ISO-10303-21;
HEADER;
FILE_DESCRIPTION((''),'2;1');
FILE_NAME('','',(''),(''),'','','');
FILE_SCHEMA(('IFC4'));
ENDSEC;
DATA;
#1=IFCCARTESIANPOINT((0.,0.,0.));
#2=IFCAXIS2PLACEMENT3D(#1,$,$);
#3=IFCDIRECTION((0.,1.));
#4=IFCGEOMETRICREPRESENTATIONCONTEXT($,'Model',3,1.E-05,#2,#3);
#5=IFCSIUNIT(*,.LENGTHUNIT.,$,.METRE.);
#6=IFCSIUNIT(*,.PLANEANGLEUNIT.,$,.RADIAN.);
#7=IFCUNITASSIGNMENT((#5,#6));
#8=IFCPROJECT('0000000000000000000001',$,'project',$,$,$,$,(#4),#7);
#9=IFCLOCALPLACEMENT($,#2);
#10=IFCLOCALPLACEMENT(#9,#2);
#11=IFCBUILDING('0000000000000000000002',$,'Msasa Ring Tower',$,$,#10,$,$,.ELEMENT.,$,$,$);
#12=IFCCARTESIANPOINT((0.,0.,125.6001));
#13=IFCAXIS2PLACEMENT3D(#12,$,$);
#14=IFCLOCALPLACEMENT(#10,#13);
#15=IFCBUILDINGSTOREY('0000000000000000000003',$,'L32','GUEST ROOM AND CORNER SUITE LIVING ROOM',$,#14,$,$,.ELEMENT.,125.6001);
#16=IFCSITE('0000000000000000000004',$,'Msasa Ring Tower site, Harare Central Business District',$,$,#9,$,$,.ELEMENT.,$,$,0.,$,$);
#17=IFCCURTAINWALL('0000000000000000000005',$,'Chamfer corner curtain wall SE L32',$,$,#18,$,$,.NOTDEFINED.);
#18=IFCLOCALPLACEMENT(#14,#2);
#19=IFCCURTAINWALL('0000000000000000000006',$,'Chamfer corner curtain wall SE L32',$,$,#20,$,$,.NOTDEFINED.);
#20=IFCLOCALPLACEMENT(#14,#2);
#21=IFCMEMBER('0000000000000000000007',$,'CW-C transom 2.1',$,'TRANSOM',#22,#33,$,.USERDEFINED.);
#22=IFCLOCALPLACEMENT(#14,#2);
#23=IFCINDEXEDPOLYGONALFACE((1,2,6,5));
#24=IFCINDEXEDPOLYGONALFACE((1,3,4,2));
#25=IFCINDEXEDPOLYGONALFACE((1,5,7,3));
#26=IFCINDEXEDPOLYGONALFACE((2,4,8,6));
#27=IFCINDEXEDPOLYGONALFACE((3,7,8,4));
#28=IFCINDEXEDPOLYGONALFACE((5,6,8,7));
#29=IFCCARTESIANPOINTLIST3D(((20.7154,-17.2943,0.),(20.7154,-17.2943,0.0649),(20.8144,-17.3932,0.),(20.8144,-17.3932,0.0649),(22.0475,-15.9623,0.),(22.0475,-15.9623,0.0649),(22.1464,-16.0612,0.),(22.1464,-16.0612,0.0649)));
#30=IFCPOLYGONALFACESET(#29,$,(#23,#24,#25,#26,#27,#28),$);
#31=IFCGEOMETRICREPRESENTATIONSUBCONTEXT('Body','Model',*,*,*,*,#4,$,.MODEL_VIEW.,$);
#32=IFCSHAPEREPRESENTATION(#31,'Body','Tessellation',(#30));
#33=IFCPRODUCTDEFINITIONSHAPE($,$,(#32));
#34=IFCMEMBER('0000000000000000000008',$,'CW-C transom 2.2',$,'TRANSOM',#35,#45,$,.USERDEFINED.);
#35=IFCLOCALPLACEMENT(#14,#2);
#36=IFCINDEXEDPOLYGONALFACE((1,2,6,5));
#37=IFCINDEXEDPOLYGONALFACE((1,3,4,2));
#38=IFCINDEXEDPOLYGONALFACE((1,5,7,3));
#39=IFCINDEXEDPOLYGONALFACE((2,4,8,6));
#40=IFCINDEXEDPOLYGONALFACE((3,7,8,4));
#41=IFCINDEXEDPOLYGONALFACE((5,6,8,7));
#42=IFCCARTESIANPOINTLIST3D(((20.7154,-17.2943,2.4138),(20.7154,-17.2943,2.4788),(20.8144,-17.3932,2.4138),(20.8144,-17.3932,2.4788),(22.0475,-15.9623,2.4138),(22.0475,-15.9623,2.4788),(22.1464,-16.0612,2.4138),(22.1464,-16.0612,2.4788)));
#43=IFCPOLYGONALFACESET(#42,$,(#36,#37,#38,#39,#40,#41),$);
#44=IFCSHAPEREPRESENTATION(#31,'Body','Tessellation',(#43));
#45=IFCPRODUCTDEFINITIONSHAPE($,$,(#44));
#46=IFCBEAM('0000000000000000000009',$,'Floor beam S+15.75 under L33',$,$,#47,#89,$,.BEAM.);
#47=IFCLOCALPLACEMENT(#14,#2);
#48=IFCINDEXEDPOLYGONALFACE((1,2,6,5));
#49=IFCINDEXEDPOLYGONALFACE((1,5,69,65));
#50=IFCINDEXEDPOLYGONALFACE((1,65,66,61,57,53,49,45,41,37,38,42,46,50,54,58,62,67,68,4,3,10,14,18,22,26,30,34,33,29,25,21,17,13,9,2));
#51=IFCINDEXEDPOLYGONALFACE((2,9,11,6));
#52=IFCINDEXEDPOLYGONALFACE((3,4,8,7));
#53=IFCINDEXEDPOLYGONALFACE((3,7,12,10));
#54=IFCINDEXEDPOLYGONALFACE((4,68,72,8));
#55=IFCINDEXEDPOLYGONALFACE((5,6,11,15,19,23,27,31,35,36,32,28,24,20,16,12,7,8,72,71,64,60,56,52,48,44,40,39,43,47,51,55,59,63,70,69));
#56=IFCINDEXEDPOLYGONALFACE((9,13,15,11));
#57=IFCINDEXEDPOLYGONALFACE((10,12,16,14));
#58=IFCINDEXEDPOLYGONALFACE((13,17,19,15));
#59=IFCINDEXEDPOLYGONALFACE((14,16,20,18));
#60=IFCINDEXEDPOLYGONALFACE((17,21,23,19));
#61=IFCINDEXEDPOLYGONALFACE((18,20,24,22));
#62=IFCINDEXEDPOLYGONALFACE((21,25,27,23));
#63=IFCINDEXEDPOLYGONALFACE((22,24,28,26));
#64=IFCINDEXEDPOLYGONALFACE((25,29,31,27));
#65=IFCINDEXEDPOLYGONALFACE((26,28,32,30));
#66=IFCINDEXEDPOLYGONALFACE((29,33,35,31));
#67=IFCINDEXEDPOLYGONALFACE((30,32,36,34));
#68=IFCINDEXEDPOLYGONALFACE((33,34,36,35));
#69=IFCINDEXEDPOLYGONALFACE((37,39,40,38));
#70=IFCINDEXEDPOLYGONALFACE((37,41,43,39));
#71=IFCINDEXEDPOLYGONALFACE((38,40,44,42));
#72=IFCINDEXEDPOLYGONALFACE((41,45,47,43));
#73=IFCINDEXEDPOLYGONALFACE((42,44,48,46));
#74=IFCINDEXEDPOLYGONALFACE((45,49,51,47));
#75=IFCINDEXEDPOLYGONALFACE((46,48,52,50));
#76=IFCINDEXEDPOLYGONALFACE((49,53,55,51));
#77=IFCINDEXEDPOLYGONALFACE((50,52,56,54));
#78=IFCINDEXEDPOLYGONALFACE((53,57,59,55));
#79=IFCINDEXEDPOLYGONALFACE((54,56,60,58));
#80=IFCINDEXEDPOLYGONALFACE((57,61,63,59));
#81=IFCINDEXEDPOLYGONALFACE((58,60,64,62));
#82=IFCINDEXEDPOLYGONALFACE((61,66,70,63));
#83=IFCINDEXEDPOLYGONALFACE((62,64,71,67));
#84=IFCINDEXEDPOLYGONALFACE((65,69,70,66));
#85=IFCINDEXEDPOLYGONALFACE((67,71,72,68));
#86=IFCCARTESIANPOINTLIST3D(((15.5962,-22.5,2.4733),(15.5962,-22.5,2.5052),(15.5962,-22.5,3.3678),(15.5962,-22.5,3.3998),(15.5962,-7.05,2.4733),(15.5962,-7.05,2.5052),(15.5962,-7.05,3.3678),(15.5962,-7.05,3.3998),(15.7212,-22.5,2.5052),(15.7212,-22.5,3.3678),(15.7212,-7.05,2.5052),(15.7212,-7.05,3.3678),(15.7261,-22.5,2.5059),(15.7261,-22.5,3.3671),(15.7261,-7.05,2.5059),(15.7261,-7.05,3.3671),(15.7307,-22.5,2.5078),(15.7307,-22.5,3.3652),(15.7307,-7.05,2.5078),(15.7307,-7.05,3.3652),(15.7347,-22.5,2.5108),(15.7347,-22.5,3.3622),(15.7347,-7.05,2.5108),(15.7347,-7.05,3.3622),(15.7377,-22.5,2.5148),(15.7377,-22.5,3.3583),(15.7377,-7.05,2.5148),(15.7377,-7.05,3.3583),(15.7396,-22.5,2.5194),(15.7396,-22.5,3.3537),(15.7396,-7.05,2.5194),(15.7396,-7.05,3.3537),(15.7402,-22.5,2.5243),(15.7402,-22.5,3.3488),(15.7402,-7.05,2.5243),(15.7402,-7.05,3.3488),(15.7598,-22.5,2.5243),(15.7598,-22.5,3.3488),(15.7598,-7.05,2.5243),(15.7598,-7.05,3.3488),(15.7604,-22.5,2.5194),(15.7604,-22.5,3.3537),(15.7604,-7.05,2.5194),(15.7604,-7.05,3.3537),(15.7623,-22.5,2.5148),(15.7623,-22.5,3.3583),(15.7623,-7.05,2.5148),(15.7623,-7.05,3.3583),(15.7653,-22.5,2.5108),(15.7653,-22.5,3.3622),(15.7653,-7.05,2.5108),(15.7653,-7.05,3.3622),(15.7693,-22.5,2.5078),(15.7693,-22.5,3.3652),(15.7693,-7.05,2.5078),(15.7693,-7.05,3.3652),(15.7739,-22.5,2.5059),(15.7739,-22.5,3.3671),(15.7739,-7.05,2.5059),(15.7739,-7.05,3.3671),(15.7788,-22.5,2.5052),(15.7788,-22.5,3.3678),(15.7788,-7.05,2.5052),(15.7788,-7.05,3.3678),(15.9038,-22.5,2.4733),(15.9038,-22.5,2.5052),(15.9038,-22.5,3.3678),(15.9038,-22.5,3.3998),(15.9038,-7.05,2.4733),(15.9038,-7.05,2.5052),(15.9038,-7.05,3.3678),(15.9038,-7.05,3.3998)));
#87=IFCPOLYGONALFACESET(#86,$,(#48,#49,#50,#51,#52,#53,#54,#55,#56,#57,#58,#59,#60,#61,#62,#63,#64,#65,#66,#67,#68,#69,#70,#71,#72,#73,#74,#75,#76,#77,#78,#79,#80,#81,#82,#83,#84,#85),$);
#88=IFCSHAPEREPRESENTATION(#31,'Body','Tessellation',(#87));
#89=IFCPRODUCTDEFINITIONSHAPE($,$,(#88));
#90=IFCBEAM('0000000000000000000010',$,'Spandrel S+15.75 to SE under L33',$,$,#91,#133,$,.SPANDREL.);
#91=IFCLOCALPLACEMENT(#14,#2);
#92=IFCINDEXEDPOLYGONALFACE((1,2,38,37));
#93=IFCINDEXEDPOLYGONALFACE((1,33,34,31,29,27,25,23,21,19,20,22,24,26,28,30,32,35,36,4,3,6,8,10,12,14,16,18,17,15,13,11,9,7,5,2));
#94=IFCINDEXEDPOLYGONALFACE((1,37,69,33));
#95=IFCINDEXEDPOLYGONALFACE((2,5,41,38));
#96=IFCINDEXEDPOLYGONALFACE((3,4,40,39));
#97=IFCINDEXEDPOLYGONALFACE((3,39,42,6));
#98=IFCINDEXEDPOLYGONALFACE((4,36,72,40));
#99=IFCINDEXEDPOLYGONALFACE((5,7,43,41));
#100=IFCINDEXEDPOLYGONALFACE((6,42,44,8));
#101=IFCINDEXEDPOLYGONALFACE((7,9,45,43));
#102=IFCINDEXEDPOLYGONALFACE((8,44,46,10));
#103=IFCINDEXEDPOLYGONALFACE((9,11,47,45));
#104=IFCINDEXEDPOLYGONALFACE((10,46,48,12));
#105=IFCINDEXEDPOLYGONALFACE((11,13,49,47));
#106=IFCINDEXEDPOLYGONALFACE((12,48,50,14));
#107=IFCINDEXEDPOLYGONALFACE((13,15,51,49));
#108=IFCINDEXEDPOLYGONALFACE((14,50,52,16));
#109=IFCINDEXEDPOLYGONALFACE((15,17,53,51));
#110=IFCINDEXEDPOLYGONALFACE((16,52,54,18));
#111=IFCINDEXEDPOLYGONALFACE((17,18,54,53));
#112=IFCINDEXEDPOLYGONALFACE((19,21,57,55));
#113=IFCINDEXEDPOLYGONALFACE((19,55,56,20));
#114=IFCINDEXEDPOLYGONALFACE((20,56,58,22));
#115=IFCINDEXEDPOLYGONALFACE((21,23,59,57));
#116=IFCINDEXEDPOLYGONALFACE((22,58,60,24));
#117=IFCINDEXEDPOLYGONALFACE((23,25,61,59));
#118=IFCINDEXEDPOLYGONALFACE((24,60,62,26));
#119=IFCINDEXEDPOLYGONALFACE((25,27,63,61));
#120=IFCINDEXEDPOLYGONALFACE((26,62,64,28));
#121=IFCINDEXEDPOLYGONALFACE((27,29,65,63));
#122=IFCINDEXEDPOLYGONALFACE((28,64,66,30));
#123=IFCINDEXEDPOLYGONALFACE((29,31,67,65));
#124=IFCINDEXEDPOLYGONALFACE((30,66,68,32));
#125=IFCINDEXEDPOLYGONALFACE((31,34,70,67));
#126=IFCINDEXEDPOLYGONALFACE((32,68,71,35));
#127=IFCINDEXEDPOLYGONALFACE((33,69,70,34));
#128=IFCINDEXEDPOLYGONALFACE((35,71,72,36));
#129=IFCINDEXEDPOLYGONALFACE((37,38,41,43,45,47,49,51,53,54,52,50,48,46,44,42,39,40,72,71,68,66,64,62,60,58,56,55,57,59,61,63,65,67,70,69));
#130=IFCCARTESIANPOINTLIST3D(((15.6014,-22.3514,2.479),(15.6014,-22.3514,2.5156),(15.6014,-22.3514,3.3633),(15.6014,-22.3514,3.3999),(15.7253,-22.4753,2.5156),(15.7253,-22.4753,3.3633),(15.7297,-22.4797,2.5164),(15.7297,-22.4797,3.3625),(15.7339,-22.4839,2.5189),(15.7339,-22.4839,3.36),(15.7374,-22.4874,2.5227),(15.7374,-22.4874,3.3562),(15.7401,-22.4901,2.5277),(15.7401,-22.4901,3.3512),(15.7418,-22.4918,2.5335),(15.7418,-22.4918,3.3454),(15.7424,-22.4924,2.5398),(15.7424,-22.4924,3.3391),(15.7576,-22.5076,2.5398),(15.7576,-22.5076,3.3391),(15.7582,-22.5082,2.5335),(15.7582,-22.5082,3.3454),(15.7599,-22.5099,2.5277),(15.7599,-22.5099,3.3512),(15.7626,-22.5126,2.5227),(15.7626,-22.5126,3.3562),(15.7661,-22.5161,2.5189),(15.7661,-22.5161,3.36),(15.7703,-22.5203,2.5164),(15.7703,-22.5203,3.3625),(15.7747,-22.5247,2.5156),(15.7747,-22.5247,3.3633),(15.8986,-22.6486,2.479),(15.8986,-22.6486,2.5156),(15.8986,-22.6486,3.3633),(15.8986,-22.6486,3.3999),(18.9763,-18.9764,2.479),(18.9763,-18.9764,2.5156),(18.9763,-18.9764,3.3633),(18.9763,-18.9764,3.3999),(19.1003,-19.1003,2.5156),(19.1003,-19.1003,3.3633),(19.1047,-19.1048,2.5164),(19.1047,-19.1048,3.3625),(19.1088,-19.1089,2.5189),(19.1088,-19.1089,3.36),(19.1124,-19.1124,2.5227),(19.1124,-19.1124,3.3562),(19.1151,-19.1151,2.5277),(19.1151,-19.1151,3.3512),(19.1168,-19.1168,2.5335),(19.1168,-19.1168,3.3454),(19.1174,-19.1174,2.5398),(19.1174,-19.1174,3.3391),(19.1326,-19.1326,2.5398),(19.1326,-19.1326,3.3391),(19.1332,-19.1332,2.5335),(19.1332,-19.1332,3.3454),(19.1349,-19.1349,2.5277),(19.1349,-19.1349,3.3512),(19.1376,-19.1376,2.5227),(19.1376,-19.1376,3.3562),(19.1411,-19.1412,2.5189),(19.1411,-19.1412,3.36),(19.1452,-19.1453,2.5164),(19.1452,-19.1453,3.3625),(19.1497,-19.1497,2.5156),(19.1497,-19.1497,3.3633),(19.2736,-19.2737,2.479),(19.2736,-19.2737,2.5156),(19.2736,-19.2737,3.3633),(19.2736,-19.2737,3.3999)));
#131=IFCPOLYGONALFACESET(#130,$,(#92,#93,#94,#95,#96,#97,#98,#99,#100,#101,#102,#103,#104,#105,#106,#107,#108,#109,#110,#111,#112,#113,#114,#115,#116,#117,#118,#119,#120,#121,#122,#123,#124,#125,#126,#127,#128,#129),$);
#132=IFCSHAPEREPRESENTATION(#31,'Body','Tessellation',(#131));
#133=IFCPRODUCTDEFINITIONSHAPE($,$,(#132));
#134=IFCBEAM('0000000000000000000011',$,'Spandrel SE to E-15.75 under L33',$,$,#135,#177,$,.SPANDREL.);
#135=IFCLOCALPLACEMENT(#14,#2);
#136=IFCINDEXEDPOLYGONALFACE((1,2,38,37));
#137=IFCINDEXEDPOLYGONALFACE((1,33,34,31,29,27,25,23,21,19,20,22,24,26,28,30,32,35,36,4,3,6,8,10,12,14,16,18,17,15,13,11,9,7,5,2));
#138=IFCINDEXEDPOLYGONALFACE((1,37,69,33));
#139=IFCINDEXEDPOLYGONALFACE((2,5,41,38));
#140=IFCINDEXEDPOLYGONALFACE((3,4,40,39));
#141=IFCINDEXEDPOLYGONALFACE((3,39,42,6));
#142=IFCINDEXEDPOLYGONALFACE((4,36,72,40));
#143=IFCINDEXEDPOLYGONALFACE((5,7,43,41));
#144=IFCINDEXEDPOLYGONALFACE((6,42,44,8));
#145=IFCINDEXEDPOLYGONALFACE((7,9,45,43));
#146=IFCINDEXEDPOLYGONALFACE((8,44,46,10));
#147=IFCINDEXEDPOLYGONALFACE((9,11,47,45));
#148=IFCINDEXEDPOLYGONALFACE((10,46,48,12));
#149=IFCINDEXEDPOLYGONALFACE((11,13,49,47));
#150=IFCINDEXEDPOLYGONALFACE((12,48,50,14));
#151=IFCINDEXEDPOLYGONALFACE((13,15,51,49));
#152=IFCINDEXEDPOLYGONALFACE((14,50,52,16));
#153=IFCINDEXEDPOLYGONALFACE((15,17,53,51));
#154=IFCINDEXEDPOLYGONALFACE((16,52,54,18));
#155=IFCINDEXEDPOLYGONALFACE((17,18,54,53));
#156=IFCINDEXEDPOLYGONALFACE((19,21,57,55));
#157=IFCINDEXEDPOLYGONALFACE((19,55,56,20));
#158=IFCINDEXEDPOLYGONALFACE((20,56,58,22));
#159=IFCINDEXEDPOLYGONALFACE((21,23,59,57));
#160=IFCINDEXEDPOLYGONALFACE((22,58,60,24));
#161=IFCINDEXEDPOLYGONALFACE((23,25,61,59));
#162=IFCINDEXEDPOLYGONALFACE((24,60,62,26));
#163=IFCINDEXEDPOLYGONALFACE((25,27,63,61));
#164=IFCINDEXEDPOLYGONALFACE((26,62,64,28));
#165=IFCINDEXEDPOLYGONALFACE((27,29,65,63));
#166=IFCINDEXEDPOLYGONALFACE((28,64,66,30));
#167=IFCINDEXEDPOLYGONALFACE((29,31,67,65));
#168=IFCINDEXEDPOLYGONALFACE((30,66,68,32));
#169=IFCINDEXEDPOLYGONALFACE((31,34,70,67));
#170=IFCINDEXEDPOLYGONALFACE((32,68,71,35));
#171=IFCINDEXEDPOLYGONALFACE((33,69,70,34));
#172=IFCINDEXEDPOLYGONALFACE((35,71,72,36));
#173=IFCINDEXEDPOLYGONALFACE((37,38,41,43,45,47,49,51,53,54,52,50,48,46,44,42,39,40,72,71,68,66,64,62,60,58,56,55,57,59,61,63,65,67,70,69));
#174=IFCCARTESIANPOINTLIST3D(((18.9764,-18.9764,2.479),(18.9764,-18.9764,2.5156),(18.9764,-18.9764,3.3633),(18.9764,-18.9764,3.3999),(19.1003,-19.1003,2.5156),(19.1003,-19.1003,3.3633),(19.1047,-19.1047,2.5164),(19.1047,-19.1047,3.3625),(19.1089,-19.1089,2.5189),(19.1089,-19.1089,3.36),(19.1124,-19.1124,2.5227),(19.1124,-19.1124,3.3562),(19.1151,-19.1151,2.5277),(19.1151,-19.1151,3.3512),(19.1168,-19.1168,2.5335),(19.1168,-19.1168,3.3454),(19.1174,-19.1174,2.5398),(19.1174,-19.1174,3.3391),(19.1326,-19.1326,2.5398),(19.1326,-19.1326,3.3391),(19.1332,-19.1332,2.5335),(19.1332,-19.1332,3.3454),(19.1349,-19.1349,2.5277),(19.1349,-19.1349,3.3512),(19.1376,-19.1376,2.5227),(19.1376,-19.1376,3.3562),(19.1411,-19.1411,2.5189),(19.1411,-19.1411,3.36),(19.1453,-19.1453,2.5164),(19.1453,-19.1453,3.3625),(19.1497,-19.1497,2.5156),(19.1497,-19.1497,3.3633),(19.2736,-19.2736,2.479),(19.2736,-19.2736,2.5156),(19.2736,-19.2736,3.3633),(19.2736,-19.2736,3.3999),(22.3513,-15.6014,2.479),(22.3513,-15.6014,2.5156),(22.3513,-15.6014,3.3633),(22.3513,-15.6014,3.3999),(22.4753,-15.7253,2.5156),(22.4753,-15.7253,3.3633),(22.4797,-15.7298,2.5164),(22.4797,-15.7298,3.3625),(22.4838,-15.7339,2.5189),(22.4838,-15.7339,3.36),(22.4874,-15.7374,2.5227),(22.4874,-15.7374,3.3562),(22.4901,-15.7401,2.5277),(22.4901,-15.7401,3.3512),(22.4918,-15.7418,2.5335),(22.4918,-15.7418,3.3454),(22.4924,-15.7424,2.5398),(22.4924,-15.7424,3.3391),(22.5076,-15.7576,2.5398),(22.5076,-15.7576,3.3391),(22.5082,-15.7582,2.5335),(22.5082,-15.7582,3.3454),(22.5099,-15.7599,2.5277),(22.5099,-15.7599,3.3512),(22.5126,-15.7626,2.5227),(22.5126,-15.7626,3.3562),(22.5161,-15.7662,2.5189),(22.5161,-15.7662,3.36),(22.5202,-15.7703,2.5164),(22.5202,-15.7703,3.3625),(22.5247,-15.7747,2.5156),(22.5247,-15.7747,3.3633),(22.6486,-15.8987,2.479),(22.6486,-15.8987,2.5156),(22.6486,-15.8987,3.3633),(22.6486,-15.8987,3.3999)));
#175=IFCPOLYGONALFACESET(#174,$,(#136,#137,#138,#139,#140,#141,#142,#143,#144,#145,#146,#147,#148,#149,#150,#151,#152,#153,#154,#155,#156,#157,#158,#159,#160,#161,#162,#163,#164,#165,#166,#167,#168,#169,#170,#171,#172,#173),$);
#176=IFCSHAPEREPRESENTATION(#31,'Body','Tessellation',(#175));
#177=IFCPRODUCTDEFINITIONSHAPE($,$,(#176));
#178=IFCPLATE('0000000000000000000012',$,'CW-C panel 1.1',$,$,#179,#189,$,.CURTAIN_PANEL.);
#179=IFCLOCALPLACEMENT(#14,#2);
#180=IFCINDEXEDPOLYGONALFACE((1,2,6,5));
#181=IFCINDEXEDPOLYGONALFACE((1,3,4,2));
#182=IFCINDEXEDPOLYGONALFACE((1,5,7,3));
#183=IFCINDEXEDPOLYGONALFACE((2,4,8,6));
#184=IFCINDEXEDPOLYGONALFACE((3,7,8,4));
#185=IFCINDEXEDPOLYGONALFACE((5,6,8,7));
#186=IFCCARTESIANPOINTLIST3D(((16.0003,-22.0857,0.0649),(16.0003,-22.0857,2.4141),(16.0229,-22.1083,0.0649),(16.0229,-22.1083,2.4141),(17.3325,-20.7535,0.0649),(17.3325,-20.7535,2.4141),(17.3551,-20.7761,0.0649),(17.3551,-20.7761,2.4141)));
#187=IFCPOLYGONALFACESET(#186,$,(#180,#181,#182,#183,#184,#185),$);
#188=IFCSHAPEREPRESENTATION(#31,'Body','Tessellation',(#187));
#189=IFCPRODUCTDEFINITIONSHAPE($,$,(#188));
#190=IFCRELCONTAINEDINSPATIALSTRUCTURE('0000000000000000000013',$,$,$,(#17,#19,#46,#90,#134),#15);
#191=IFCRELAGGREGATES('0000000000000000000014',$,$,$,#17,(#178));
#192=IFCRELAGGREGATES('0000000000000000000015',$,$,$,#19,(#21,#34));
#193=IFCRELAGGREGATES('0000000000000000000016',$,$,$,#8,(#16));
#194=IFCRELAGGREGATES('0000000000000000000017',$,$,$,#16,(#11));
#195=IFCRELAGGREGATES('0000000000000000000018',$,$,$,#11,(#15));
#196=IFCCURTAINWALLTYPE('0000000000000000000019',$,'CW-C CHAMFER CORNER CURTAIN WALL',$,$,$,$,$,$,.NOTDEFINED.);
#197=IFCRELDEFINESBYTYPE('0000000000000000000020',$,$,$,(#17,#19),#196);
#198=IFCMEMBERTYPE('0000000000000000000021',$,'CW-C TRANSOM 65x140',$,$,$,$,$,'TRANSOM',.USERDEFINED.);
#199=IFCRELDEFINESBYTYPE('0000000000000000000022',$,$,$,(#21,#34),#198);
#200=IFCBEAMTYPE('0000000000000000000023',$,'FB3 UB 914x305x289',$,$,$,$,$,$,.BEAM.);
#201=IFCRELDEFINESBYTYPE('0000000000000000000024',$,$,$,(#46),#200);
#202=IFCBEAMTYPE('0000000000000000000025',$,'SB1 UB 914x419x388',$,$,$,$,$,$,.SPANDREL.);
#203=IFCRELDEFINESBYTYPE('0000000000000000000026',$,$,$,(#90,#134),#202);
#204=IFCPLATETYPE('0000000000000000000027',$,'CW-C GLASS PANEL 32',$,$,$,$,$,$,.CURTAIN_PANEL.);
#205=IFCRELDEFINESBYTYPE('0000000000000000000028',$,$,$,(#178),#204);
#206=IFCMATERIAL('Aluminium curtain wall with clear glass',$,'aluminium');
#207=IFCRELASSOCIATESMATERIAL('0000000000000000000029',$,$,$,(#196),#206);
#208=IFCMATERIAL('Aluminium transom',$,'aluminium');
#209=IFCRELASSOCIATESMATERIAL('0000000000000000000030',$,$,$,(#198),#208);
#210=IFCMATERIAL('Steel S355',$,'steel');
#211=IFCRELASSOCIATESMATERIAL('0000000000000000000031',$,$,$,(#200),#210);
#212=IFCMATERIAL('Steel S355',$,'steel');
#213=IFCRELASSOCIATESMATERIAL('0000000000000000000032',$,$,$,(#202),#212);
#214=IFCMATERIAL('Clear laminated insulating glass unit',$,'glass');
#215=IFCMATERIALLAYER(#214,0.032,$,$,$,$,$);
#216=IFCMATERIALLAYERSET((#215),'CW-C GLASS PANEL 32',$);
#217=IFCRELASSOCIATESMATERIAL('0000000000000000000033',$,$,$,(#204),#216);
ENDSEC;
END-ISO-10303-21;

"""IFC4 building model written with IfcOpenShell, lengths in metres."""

from ifc_helpers import new_model, si_unit, direction, frame, origin, origin_2d, place, context, subcontext, project, spatial, rectangle, i_section, extrude, material, layer, layer_set, material_profile, profile_set, type_object, element, aggregate, save


model = new_model("IFC4")

# Units and contexts
model_context = context("Model", 3, precision=1e-05, world=origin(), true_north=direction((0.0, 1.0)))
body_context = subcontext(model_context, "Body", "Model", "MODEL_VIEW")
ifc_project = project(units=[si_unit("LENGTHUNIT", "METRE"), si_unit("PLANEANGLEUNIT", "RADIAN")], contexts=[model_context])

# Site, building, storey
site_placement = place(None, origin())
site = spatial("IfcSite", under=ifc_project, at=site_placement, Name="Msasa Ring Tower site, Harare Central Business District", CompositionType="ELEMENT", RefElevation=0.0)
building_placement = place(site_placement, origin())
building = spatial("IfcBuilding", under=site, at=building_placement, Name="Msasa Ring Tower", CompositionType="ELEMENT")
storey_placement = place(building_placement, frame((0.0, 0.0, 125.6001)))
storey = spatial("IfcBuildingStorey", under=building, at=storey_placement, Name="L32", Description="GUEST ROOM AND CORNER SUITE LIVING ROOM", CompositionType="ELEMENT", Elevation=125.6001)

# Curtain walls
ifc_material_1 = material(Name="Aluminium curtain wall with clear glass", Category="aluminium")
curtain_wall_type = type_object("IfcCurtainWallType", Name="CW-C CHAMFER CORNER CURTAIN WALL", PredefinedType="NOTDEFINED", material=ifc_material_1)
curtain_wall_1_placement = place(storey_placement, origin())
curtain_wall_1 = element("IfcCurtainWall", 1, at=curtain_wall_1_placement, inside=storey, type_object=curtain_wall_type, Name="Chamfer corner curtain wall SE L32", PredefinedType="NOTDEFINED")
curtain_wall_2_placement = place(storey_placement, origin())
curtain_wall_2 = element("IfcCurtainWall", 2, at=curtain_wall_2_placement, inside=storey, type_object=curtain_wall_type, Name="Chamfer corner curtain wall SE L32", PredefinedType="NOTDEFINED")

# Members
ifc_material_2 = material(Name="Aluminium transom", Category="aluminium")
ifc_material_profile_1 = material_profile(ifc_material_2, rectangle(XDim=0.1399, YDim=0.0649, at=origin_2d()), Name="AL 65x140")
ifc_profile_set_1 = profile_set([ifc_material_profile_1], Name="Aluminium transom")
member_type_1 = type_object("IfcMemberType", Name="CW-C TRANSOM 65x140", ElementType="TRANSOM", PredefinedType="USERDEFINED", material=ifc_profile_set_1)
member_1_placement = place(storey_placement, frame((20.7649, -17.3438, 0.0325), z_axis=(0.707107, 0.707107, 0.0), x_axis=(-0.707107, 0.707107, 0.0)))
member_1 = element("IfcMember", 3, at=member_1_placement, type_object=member_type_1, Name="CW-C transom 2.1", ObjectType="TRANSOM", PredefinedType="USERDEFINED", context=body_context, shape_type="SweptSolid", body=[
    extrude(rectangle(XDim=0.1399, YDim=0.0649, at=origin_2d()), origin(), (0.0, 0.0, 1.0), 1.8838),
])
member_2_placement = place(storey_placement, frame((20.7649, -17.3438, 2.4463), z_axis=(0.707107, 0.707107, 0.0), x_axis=(-0.707107, 0.707107, 0.0)))
member_2 = element("IfcMember", 4, at=member_2_placement, type_object=member_type_1, Name="CW-C transom 2.2", ObjectType="TRANSOM", PredefinedType="USERDEFINED", context=body_context, shape_type="SweptSolid", body=[
    extrude(rectangle(XDim=0.1399, YDim=0.0649, at=origin_2d()), origin(), (0.0, 0.0, 1.0), 1.8838),
])

# Beams
ifc_material_3 = material(Name="Steel S355", Category="steel")
ifc_material_profile_2 = material_profile(ifc_material_3, i_section(OverallWidth=0.3076, OverallDepth=0.9265, WebThickness=0.0195, FlangeThickness=0.032, FilletRadius=0.019, at=origin_2d()), Name="UB 914x305x289")
ifc_profile_set_2 = profile_set([ifc_material_profile_2], Name="Steel S355")
beam_type_1 = type_object("IfcBeamType", Name="FB3 UB 914x305x289", PredefinedType="BEAM", material=ifc_profile_set_2)
beam_placement = place(storey_placement, frame((15.75, -22.5, 2.9365), z_axis=(0.0, 1.0, 0.0), x_axis=(-1.0, 0.0, 0.0)))
element("IfcBeam", 5, at=beam_placement, inside=storey, type_object=beam_type_1, Name="Floor beam S+15.75 under L33", PredefinedType="BEAM", context=body_context, shape_type="SweptSolid", body=[
    extrude(i_section(OverallWidth=0.3076, OverallDepth=0.9265, WebThickness=0.0195, FlangeThickness=0.032, FilletRadius=0.019, at=origin_2d()), origin(), (0.0, 0.0, 1.0), 15.45),
])
ifc_material_4 = material(Name="Steel S355", Category="steel")
ifc_material_profile_3 = material_profile(ifc_material_4, i_section(OverallWidth=0.4204, OverallDepth=0.9209, WebThickness=0.0215, FlangeThickness=0.0366, FilletRadius=0.0242, at=origin_2d()), Name="UB 914x419x388")
ifc_profile_set_3 = profile_set([ifc_material_profile_3], Name="Steel S355")
beam_type_2 = type_object("IfcBeamType", Name="SB1 UB 914x419x388", PredefinedType="SPANDREL", material=ifc_profile_set_3)
for number, where, z_axis, x_axis, name in (
    (6, (15.75, -22.5, 2.9395), (0.707107, 0.707107, 0.0), (-0.707107, 0.707107, 0.0), "Spandrel S+15.75 to SE under L33"),
    (7, (19.125, -19.125, 2.9395), (0.707107, 0.707107, 0.0), (-0.707107, 0.707107, 0.0), "Spandrel SE to E-15.75 under L33"),
):
    element("IfcBeam", number, at=place(storey_placement, frame(where, z_axis=z_axis, x_axis=x_axis)), inside=storey, type_object=beam_type_2, Name=name, PredefinedType="SPANDREL", context=body_context, shape_type="SweptSolid", body=[
        extrude(i_section(OverallWidth=0.4204, OverallDepth=0.9209, WebThickness=0.0215, FlangeThickness=0.0366, FilletRadius=0.0242, at=origin_2d()), origin(), (0.0, 0.0, 1.0), 4.7729),
    ])

# Plate
ifc_material_5 = material(Name="Clear laminated insulating glass unit", Category="glass")
ifc_layer_1 = layer(ifc_material_5, 0.032)
ifc_layer_set_1 = layer_set([ifc_layer_1], Name="CW-C GLASS PANEL 32")
plate_type = type_object("IfcPlateType", Name="CW-C GLASS PANEL 32", PredefinedType="CURTAIN_PANEL", material=ifc_layer_set_1)
plate_1_placement = place(storey_placement, frame((16.6777, -21.4309, 0.0649), z_axis=(0.0, 0.0, 1.0), x_axis=(0.707107, 0.707107, 0.0)))
plate_1 = element("IfcPlate", 8, at=plate_1_placement, type_object=plate_type, Name="CW-C panel 1.1", PredefinedType="CURTAIN_PANEL", context=body_context, shape_type="SweptSolid", body=[
    extrude(rectangle(XDim=1.884, YDim=0.032, at=origin_2d()), origin(), (0.0, 0.0, 1.0), 2.3491),
])
aggregate(curtain_wall_1, [plate_1])
aggregate(curtain_wall_2, [member_1, member_2])

save(model, "model.ifc")
